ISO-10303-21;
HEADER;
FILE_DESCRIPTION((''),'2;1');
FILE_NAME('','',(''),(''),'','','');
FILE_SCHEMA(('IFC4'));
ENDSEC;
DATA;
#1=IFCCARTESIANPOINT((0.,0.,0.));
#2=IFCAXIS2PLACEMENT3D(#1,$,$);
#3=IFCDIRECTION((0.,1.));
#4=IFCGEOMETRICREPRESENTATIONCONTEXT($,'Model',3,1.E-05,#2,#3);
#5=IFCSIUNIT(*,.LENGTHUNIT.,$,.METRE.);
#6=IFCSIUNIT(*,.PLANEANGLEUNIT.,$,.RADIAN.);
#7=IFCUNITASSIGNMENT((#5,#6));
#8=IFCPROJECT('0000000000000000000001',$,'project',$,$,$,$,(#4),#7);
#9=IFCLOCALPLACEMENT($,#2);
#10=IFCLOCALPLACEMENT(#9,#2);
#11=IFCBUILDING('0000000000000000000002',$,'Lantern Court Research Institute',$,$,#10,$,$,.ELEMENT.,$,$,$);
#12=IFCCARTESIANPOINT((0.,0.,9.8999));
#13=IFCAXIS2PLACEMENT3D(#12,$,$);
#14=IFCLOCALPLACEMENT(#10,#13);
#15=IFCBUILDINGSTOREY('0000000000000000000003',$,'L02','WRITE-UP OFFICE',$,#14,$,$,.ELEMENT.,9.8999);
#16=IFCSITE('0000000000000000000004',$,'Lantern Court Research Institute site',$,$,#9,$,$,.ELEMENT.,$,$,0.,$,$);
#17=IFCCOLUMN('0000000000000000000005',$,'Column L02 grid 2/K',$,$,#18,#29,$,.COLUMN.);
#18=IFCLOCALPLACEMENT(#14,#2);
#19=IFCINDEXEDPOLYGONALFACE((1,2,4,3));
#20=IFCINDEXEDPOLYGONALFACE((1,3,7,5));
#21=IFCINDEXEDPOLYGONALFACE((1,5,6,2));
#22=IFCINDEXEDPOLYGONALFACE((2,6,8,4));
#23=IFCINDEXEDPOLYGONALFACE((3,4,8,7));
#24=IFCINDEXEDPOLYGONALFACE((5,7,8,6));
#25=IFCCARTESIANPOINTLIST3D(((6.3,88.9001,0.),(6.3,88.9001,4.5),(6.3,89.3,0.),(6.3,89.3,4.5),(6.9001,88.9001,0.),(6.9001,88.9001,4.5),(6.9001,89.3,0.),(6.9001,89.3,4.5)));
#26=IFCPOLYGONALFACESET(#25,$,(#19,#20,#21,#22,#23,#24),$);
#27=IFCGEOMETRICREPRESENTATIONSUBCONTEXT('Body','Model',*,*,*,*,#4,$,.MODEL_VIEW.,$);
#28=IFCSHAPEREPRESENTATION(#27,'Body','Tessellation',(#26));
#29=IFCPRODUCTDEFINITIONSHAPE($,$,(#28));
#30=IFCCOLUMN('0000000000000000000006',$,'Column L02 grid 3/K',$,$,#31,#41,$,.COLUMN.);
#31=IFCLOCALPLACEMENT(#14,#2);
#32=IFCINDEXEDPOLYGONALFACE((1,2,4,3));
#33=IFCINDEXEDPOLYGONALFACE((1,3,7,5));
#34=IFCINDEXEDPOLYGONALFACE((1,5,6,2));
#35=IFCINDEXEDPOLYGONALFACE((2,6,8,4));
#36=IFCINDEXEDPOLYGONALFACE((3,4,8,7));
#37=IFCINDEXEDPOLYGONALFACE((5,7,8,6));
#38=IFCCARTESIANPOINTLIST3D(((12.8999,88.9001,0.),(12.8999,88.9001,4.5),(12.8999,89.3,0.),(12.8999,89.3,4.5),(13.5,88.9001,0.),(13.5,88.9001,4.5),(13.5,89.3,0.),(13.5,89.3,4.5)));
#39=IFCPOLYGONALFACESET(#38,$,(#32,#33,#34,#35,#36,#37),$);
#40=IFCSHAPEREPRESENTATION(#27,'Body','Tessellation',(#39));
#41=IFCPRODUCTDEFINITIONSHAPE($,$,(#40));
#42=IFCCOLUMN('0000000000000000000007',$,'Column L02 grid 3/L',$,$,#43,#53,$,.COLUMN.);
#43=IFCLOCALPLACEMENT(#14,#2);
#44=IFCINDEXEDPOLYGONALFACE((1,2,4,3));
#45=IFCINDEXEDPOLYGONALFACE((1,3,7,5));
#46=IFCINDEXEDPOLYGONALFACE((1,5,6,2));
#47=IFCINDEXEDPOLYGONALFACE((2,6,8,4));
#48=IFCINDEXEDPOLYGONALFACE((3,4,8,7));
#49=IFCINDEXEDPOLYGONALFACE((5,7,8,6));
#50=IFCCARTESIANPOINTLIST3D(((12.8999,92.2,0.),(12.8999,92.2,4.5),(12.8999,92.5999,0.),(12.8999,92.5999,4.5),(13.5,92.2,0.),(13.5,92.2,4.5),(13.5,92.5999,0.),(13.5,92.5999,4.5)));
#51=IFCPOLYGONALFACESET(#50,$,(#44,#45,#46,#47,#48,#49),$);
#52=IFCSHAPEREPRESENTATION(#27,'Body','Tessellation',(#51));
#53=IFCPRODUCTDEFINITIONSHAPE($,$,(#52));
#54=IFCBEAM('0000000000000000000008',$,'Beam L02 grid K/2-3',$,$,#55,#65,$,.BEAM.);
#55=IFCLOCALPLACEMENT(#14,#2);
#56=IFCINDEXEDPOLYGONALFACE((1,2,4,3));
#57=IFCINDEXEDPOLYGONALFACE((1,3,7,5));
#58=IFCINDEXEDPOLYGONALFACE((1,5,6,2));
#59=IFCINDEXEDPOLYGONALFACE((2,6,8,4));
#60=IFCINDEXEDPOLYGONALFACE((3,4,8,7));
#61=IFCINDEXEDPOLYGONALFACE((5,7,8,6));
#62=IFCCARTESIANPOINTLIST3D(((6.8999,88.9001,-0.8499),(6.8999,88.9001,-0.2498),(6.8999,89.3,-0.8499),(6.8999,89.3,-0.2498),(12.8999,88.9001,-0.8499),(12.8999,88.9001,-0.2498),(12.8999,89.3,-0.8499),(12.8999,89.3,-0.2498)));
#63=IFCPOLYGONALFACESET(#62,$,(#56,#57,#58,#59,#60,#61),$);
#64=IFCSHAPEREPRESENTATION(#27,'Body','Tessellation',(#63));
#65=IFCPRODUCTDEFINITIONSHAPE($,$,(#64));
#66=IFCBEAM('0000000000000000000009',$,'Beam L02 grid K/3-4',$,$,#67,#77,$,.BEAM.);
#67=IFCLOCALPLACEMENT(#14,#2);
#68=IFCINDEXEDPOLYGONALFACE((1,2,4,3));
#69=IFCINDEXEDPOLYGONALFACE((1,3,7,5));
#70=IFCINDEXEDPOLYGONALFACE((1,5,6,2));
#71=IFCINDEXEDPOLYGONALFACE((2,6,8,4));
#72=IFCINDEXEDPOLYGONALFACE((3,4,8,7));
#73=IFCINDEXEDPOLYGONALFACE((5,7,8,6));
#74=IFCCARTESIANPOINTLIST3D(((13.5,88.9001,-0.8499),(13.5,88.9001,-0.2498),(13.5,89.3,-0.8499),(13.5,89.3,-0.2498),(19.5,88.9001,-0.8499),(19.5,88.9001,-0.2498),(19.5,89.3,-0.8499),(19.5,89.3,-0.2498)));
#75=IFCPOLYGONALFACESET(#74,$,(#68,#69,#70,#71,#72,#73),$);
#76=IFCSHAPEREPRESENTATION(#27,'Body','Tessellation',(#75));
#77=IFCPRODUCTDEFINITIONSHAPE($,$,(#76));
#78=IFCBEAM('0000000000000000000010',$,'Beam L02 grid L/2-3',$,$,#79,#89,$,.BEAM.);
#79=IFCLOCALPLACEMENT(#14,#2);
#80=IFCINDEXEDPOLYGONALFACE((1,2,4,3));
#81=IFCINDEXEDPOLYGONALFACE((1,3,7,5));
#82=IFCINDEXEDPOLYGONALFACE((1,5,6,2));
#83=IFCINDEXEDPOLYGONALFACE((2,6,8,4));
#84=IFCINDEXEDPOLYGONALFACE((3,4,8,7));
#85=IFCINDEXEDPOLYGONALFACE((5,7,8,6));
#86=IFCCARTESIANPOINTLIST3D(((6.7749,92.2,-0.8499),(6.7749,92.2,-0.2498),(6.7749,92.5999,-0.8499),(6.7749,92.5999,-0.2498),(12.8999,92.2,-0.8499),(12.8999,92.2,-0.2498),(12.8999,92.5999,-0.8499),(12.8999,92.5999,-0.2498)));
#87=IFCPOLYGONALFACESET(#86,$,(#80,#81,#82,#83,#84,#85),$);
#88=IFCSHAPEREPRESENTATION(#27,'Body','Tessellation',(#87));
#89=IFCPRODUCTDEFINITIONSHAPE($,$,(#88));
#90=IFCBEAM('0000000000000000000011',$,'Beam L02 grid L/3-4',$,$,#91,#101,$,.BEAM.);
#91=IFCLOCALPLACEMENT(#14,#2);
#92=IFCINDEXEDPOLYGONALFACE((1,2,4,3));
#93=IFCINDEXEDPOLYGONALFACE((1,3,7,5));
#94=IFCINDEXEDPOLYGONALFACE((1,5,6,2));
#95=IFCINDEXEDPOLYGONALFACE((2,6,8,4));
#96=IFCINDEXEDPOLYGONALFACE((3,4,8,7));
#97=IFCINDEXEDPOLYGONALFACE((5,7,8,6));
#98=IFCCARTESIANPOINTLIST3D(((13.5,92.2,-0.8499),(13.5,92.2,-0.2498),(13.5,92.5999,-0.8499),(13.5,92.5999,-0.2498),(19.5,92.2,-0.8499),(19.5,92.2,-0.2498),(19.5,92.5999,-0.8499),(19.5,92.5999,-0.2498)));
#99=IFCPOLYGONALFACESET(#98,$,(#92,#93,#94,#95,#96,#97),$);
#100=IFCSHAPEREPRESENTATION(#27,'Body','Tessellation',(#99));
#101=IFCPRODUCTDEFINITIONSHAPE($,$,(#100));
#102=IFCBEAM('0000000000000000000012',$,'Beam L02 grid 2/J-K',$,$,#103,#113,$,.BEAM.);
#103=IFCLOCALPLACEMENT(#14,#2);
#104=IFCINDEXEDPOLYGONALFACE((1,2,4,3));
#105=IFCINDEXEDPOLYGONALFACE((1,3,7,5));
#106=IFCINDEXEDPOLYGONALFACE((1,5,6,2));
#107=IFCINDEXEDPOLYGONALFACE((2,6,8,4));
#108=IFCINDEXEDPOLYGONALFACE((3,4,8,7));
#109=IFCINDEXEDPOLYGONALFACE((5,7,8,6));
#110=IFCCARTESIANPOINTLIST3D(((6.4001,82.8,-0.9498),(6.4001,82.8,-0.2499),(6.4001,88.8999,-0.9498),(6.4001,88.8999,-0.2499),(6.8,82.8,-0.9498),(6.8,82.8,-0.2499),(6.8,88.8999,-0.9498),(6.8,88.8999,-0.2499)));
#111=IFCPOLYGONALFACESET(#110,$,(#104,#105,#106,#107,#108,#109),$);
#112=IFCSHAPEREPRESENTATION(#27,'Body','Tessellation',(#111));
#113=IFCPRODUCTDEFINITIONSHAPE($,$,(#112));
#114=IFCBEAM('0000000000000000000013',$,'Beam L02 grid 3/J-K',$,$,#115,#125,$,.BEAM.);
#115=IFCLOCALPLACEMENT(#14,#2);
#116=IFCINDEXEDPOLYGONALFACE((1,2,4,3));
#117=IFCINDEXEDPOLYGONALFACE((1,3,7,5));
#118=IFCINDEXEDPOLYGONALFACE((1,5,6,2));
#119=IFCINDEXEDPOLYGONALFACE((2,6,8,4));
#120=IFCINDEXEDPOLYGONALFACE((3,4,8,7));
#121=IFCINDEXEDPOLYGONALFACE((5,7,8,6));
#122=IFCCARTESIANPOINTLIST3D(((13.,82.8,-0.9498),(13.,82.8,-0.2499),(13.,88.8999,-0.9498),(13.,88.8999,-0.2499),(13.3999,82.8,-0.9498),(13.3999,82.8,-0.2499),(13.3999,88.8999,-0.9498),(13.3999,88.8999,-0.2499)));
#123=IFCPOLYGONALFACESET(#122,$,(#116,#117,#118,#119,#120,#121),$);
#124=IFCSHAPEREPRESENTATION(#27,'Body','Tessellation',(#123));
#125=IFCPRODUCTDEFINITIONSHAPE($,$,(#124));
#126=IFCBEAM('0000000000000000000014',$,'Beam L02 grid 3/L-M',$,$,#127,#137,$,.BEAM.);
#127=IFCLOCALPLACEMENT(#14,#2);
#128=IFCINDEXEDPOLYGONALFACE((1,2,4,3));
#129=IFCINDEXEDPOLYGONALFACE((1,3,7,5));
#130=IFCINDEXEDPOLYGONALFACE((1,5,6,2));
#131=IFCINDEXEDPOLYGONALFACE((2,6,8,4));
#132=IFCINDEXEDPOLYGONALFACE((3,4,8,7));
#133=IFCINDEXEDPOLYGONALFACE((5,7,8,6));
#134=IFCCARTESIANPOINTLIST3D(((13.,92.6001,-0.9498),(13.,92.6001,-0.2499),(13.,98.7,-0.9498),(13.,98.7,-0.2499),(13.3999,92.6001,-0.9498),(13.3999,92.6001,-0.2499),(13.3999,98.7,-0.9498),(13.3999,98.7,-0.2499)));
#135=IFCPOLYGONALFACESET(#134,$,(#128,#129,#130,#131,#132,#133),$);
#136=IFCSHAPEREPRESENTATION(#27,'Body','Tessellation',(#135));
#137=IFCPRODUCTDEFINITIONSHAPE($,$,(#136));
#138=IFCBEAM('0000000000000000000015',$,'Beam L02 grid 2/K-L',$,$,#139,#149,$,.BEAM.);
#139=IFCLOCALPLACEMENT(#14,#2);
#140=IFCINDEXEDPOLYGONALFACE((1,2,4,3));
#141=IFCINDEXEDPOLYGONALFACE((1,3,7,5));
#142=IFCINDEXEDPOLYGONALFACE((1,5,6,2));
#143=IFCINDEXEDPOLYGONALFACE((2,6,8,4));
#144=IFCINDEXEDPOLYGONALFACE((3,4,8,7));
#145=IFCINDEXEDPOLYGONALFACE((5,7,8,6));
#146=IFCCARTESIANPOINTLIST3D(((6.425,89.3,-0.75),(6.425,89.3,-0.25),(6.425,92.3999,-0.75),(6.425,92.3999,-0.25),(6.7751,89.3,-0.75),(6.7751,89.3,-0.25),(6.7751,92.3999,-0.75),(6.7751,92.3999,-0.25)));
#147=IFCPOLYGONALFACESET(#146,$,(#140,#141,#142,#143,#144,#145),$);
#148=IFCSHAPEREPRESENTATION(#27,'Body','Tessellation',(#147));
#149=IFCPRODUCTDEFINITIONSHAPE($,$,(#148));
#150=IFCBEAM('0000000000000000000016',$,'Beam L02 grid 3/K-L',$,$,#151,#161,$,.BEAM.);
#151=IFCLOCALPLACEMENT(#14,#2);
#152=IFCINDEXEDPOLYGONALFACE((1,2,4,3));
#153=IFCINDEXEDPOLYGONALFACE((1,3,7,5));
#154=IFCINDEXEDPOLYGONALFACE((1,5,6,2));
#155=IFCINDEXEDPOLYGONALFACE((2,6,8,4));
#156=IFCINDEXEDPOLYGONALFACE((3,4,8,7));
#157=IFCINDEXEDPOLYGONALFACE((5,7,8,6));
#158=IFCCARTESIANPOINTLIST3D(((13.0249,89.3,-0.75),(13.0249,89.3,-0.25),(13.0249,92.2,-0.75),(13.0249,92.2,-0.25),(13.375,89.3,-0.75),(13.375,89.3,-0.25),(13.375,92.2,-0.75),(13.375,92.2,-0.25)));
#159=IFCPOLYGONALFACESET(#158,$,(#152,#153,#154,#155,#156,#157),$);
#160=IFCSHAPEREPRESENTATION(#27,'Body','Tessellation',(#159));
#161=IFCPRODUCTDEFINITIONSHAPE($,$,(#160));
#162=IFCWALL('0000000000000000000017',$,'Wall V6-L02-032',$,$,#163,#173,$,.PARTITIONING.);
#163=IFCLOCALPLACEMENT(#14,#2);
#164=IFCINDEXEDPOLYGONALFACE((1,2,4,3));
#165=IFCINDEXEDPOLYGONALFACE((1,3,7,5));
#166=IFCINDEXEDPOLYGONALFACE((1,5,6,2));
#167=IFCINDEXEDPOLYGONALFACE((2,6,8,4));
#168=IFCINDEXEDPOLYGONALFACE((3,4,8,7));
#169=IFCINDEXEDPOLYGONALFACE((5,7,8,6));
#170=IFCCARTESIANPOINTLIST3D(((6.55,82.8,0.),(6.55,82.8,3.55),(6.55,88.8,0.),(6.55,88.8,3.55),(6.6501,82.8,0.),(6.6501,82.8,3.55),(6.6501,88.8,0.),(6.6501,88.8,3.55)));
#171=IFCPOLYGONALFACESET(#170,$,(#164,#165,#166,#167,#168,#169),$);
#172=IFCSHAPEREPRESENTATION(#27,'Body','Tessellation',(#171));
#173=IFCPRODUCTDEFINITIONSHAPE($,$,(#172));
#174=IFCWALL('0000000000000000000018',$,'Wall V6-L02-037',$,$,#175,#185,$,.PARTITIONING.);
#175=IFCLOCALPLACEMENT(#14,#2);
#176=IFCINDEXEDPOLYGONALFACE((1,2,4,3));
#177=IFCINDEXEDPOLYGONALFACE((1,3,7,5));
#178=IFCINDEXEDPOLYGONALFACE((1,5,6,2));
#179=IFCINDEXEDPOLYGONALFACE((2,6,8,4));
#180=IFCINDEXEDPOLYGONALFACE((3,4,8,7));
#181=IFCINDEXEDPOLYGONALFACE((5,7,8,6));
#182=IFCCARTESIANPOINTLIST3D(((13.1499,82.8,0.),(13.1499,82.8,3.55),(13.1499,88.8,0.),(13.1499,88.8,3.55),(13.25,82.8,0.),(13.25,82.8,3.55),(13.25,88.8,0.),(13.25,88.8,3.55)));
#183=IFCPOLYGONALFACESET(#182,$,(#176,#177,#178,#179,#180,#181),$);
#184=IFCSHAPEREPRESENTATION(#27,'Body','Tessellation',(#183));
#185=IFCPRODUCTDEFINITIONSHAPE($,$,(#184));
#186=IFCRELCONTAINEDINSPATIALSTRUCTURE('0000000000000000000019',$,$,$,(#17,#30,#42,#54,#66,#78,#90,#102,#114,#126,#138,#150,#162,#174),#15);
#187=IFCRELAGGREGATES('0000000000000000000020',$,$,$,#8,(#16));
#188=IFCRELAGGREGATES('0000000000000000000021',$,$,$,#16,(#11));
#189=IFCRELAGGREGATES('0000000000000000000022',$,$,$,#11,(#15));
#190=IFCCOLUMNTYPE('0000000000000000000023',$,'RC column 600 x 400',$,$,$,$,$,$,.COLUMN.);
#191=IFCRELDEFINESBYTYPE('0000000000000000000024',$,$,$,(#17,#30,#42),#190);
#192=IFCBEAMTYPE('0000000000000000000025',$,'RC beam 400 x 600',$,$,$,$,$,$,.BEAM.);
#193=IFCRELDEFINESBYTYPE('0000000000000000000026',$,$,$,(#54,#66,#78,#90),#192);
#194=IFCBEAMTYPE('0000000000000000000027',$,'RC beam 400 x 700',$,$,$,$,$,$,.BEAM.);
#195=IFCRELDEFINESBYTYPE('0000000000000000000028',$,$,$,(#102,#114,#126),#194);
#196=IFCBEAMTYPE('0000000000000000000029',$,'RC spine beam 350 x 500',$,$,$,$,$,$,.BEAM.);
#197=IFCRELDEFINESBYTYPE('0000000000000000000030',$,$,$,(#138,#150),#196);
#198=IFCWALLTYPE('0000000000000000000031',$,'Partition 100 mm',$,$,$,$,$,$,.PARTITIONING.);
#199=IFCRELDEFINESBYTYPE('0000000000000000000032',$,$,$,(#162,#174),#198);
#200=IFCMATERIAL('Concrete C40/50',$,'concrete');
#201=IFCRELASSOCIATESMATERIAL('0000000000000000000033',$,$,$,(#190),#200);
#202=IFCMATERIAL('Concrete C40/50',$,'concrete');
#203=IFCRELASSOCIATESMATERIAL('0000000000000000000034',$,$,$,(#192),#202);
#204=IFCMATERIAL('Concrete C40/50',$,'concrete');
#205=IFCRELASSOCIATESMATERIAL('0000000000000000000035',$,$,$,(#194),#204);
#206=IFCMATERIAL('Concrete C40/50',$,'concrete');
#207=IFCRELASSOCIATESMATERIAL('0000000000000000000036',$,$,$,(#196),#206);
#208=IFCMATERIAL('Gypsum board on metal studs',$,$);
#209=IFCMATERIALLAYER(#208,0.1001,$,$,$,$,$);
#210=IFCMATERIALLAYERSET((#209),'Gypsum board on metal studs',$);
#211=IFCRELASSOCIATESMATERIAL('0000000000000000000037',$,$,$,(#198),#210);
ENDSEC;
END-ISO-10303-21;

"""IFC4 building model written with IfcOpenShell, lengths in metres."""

from ifc_helpers import new_model, si_unit, direction, frame, frame_2d, origin, origin_2d, place, context, subcontext, project, spatial, rectangle, extrude, material, layer, layer_set, material_profile, profile_set, type_object, element, save


model = new_model("IFC4")

# Units and contexts
model_context = context("Model", 3, precision=1e-05, world=origin(), true_north=direction((0.0, 1.0)))
body_context = subcontext(model_context, "Body", "Model", "MODEL_VIEW")
ifc_project = project(units=[si_unit("LENGTHUNIT", "METRE"), si_unit("PLANEANGLEUNIT", "RADIAN")], contexts=[model_context])

# Site, building, storey
site_placement = place(None, origin())
site = spatial("IfcSite", under=ifc_project, at=site_placement, Name="Lantern Court Research Institute site", CompositionType="ELEMENT", RefElevation=0.0)
building_placement = place(site_placement, origin())
building = spatial("IfcBuilding", under=site, at=building_placement, Name="Lantern Court Research Institute", CompositionType="ELEMENT")
storey_placement = place(building_placement, frame((0.0, 0.0, 9.8999)))
storey = spatial("IfcBuildingStorey", under=building, at=storey_placement, Name="L02", Description="WRITE-UP OFFICE", CompositionType="ELEMENT", Elevation=9.8999)

# Columns
ifc_material_1 = material(Name="Concrete C40/50", Category="concrete")
ifc_material_profile_1 = material_profile(ifc_material_1, rectangle(XDim=0.6001, YDim=0.3999, at=origin_2d()), Name="RC column 600 x 400")
ifc_profile_set_1 = profile_set([ifc_material_profile_1], Name="Concrete C40/50")
column_type = type_object("IfcColumnType", Name="RC column 600 x 400", PredefinedType="COLUMN", material=ifc_profile_set_1)
for number, where, z_axis, x_axis, name in (
    (1, (6.6001, 89.1001, 0.0), (0.0, 0.0, 1.0), (1.0, 0.0, 0.0), "Column L02 grid 2/K"),
    (2, (13.2, 89.1001, 0.0), (0.0, 0.0, 1.0), (1.0, 0.0, 0.0), "Column L02 grid 3/K"),
    (3, (13.2, 92.3999, 0.0), (0.0, 0.0, 1.0), (1.0, 0.0, 0.0), "Column L02 grid 3/L"),
):
    element("IfcColumn", number, at=place(storey_placement, frame(where, z_axis=z_axis, x_axis=x_axis)), inside=storey, type_object=column_type, Name=name, PredefinedType="COLUMN", context=body_context, shape_type="SweptSolid", body=[
        extrude(rectangle(XDim=0.6001, YDim=0.3999, at=origin_2d()), origin(), (0.0, 0.0, 1.0), 4.5),
    ])

# Beams
ifc_material_2 = material(Name="Concrete C40/50", Category="concrete")
ifc_material_profile_2 = material_profile(ifc_material_2, rectangle(XDim=0.3999, YDim=0.6001, at=origin_2d()), Name="RC beam 400 x 600")
ifc_profile_set_2 = profile_set([ifc_material_profile_2], Name="Concrete C40/50")
beam_type_1 = type_object("IfcBeamType", Name="RC beam 400 x 600", PredefinedType="BEAM", material=ifc_profile_set_2)
for number, where, z_axis, x_axis, name in (
    (4, (6.8999, 89.1001, -0.5498), (1.0, 0.0, 0.0), (0.0, 1.0, 0.0), "Beam L02 grid K/2-3"),
    (5, (13.5, 89.1001, -0.5498), (1.0, 0.0, 0.0), (0.0, 1.0, 0.0), "Beam L02 grid K/3-4"),
):
    element("IfcBeam", number, at=place(storey_placement, frame(where, z_axis=z_axis, x_axis=x_axis)), inside=storey, type_object=beam_type_1, Name=name, PredefinedType="BEAM", context=body_context, shape_type="SweptSolid", body=[
        extrude(rectangle(XDim=0.3999, YDim=0.6001, at=origin_2d()), origin(), (0.0, 0.0, 1.0), 6.0),
    ])
beam_1_placement = place(storey_placement, frame((6.7749, 92.3999, -0.5498), z_axis=(1.0, 0.0, 0.0), x_axis=(0.0, 1.0, 0.0)))
element("IfcBeam", 6, at=beam_1_placement, inside=storey, type_object=beam_type_1, Name="Beam L02 grid L/2-3", PredefinedType="BEAM", context=body_context, shape_type="SweptSolid", body=[
    extrude(rectangle(XDim=0.3999, YDim=0.6001, at=origin_2d()), origin(), (0.0, 0.0, 1.0), 6.125),
])
beam_2_placement = place(storey_placement, frame((13.5, 92.3999, -0.5498), z_axis=(1.0, 0.0, 0.0), x_axis=(0.0, 1.0, 0.0)))
element("IfcBeam", 7, at=beam_2_placement, inside=storey, type_object=beam_type_1, Name="Beam L02 grid L/3-4", PredefinedType="BEAM", context=body_context, shape_type="SweptSolid", body=[
    extrude(rectangle(XDim=0.3999, YDim=0.6001, at=origin_2d()), origin(), (0.0, 0.0, 1.0), 6.0),
])
ifc_material_3 = material(Name="Concrete C40/50", Category="concrete")
ifc_material_profile_3 = material_profile(ifc_material_3, rectangle(XDim=0.3999, YDim=0.7, at=origin_2d()), Name="RC beam 400 x 700")
ifc_profile_set_3 = profile_set([ifc_material_profile_3], Name="Concrete C40/50")
beam_type_2 = type_object("IfcBeamType", Name="RC beam 400 x 700", PredefinedType="BEAM", material=ifc_profile_set_3)
for number, where, z_axis, x_axis, name in (
    (8, (6.6001, 82.8, -0.5999), (0.0, 1.0, 0.0), (-1.0, 0.0, 0.0), "Beam L02 grid 2/J-K"),
    (9, (13.2, 82.8, -0.5999), (0.0, 1.0, 0.0), (-1.0, 0.0, 0.0), "Beam L02 grid 3/J-K"),
    (10, (13.2, 92.6001, -0.5999), (0.0, 1.0, 0.0), (-1.0, 0.0, 0.0), "Beam L02 grid 3/L-M"),
):
    element("IfcBeam", number, at=place(storey_placement, frame(where, z_axis=z_axis, x_axis=x_axis)), inside=storey, type_object=beam_type_2, Name=name, PredefinedType="BEAM", context=body_context, shape_type="SweptSolid", body=[
        extrude(rectangle(XDim=0.3999, YDim=0.7, at=origin_2d()), origin(), (0.0, 0.0, 1.0), 6.0999),
    ])
ifc_material_4 = material(Name="Concrete C40/50", Category="concrete")
ifc_material_profile_4 = material_profile(ifc_material_4, rectangle(XDim=0.3501, YDim=0.5, at=origin_2d()), Name="RC beam 350 x 500")
ifc_profile_set_4 = profile_set([ifc_material_profile_4], Name="Concrete C40/50")
beam_type_3 = type_object("IfcBeamType", Name="RC spine beam 350 x 500", PredefinedType="BEAM", material=ifc_profile_set_4)
beam_3_placement = place(storey_placement, frame((6.6001, 89.3, -0.5), z_axis=(0.0, 1.0, 0.0), x_axis=(-1.0, 0.0, 0.0)))
element("IfcBeam", 11, at=beam_3_placement, inside=storey, type_object=beam_type_3, Name="Beam L02 grid 2/K-L", PredefinedType="BEAM", context=body_context, shape_type="SweptSolid", body=[
    extrude(rectangle(XDim=0.3501, YDim=0.5, at=origin_2d()), origin(), (0.0, 0.0, 1.0), 3.0999),
])
beam_4_placement = place(storey_placement, frame((13.2, 89.3, -0.5), z_axis=(0.0, 1.0, 0.0), x_axis=(-1.0, 0.0, 0.0)))
element("IfcBeam", 12, at=beam_4_placement, inside=storey, type_object=beam_type_3, Name="Beam L02 grid 3/K-L", PredefinedType="BEAM", context=body_context, shape_type="SweptSolid", body=[
    extrude(rectangle(XDim=0.3501, YDim=0.5, at=origin_2d()), origin(), (0.0, 0.0, 1.0), 2.8999),
])

# Walls
ifc_material_5 = material(Name="Gypsum board on metal studs")
ifc_layer_1 = layer(ifc_material_5, 0.1001)
ifc_layer_set_1 = layer_set([ifc_layer_1], Name="Gypsum board on metal studs")
wall_type_1 = type_object("IfcWallType", Name="Partition 100 mm", PredefinedType="PARTITIONING", material=ifc_layer_set_1)
for number, where, z_axis, x_axis, name in (
    (13, (6.6001, 82.8, 0.0), (0.0, 0.0, 1.0), (0.0, 1.0, 0.0), "Wall V6-L02-032"),
    (14, (13.2, 82.8, 0.0), (0.0, 0.0, 1.0), (0.0, 1.0, 0.0), "Wall V6-L02-037"),
):
    element("IfcWall", number, at=place(storey_placement, frame(where, z_axis=z_axis, x_axis=x_axis)), inside=storey, type_object=wall_type_1, Name=name, PredefinedType="PARTITIONING", context=body_context, shape_type="SweptSolid", body=[
        extrude(rectangle(XDim=6.0, YDim=0.1001, at=frame_2d((3.0, 0.0))), origin(), (0.0, 0.0, 1.0), 3.55),
    ])

save(model, "model.ifc")
